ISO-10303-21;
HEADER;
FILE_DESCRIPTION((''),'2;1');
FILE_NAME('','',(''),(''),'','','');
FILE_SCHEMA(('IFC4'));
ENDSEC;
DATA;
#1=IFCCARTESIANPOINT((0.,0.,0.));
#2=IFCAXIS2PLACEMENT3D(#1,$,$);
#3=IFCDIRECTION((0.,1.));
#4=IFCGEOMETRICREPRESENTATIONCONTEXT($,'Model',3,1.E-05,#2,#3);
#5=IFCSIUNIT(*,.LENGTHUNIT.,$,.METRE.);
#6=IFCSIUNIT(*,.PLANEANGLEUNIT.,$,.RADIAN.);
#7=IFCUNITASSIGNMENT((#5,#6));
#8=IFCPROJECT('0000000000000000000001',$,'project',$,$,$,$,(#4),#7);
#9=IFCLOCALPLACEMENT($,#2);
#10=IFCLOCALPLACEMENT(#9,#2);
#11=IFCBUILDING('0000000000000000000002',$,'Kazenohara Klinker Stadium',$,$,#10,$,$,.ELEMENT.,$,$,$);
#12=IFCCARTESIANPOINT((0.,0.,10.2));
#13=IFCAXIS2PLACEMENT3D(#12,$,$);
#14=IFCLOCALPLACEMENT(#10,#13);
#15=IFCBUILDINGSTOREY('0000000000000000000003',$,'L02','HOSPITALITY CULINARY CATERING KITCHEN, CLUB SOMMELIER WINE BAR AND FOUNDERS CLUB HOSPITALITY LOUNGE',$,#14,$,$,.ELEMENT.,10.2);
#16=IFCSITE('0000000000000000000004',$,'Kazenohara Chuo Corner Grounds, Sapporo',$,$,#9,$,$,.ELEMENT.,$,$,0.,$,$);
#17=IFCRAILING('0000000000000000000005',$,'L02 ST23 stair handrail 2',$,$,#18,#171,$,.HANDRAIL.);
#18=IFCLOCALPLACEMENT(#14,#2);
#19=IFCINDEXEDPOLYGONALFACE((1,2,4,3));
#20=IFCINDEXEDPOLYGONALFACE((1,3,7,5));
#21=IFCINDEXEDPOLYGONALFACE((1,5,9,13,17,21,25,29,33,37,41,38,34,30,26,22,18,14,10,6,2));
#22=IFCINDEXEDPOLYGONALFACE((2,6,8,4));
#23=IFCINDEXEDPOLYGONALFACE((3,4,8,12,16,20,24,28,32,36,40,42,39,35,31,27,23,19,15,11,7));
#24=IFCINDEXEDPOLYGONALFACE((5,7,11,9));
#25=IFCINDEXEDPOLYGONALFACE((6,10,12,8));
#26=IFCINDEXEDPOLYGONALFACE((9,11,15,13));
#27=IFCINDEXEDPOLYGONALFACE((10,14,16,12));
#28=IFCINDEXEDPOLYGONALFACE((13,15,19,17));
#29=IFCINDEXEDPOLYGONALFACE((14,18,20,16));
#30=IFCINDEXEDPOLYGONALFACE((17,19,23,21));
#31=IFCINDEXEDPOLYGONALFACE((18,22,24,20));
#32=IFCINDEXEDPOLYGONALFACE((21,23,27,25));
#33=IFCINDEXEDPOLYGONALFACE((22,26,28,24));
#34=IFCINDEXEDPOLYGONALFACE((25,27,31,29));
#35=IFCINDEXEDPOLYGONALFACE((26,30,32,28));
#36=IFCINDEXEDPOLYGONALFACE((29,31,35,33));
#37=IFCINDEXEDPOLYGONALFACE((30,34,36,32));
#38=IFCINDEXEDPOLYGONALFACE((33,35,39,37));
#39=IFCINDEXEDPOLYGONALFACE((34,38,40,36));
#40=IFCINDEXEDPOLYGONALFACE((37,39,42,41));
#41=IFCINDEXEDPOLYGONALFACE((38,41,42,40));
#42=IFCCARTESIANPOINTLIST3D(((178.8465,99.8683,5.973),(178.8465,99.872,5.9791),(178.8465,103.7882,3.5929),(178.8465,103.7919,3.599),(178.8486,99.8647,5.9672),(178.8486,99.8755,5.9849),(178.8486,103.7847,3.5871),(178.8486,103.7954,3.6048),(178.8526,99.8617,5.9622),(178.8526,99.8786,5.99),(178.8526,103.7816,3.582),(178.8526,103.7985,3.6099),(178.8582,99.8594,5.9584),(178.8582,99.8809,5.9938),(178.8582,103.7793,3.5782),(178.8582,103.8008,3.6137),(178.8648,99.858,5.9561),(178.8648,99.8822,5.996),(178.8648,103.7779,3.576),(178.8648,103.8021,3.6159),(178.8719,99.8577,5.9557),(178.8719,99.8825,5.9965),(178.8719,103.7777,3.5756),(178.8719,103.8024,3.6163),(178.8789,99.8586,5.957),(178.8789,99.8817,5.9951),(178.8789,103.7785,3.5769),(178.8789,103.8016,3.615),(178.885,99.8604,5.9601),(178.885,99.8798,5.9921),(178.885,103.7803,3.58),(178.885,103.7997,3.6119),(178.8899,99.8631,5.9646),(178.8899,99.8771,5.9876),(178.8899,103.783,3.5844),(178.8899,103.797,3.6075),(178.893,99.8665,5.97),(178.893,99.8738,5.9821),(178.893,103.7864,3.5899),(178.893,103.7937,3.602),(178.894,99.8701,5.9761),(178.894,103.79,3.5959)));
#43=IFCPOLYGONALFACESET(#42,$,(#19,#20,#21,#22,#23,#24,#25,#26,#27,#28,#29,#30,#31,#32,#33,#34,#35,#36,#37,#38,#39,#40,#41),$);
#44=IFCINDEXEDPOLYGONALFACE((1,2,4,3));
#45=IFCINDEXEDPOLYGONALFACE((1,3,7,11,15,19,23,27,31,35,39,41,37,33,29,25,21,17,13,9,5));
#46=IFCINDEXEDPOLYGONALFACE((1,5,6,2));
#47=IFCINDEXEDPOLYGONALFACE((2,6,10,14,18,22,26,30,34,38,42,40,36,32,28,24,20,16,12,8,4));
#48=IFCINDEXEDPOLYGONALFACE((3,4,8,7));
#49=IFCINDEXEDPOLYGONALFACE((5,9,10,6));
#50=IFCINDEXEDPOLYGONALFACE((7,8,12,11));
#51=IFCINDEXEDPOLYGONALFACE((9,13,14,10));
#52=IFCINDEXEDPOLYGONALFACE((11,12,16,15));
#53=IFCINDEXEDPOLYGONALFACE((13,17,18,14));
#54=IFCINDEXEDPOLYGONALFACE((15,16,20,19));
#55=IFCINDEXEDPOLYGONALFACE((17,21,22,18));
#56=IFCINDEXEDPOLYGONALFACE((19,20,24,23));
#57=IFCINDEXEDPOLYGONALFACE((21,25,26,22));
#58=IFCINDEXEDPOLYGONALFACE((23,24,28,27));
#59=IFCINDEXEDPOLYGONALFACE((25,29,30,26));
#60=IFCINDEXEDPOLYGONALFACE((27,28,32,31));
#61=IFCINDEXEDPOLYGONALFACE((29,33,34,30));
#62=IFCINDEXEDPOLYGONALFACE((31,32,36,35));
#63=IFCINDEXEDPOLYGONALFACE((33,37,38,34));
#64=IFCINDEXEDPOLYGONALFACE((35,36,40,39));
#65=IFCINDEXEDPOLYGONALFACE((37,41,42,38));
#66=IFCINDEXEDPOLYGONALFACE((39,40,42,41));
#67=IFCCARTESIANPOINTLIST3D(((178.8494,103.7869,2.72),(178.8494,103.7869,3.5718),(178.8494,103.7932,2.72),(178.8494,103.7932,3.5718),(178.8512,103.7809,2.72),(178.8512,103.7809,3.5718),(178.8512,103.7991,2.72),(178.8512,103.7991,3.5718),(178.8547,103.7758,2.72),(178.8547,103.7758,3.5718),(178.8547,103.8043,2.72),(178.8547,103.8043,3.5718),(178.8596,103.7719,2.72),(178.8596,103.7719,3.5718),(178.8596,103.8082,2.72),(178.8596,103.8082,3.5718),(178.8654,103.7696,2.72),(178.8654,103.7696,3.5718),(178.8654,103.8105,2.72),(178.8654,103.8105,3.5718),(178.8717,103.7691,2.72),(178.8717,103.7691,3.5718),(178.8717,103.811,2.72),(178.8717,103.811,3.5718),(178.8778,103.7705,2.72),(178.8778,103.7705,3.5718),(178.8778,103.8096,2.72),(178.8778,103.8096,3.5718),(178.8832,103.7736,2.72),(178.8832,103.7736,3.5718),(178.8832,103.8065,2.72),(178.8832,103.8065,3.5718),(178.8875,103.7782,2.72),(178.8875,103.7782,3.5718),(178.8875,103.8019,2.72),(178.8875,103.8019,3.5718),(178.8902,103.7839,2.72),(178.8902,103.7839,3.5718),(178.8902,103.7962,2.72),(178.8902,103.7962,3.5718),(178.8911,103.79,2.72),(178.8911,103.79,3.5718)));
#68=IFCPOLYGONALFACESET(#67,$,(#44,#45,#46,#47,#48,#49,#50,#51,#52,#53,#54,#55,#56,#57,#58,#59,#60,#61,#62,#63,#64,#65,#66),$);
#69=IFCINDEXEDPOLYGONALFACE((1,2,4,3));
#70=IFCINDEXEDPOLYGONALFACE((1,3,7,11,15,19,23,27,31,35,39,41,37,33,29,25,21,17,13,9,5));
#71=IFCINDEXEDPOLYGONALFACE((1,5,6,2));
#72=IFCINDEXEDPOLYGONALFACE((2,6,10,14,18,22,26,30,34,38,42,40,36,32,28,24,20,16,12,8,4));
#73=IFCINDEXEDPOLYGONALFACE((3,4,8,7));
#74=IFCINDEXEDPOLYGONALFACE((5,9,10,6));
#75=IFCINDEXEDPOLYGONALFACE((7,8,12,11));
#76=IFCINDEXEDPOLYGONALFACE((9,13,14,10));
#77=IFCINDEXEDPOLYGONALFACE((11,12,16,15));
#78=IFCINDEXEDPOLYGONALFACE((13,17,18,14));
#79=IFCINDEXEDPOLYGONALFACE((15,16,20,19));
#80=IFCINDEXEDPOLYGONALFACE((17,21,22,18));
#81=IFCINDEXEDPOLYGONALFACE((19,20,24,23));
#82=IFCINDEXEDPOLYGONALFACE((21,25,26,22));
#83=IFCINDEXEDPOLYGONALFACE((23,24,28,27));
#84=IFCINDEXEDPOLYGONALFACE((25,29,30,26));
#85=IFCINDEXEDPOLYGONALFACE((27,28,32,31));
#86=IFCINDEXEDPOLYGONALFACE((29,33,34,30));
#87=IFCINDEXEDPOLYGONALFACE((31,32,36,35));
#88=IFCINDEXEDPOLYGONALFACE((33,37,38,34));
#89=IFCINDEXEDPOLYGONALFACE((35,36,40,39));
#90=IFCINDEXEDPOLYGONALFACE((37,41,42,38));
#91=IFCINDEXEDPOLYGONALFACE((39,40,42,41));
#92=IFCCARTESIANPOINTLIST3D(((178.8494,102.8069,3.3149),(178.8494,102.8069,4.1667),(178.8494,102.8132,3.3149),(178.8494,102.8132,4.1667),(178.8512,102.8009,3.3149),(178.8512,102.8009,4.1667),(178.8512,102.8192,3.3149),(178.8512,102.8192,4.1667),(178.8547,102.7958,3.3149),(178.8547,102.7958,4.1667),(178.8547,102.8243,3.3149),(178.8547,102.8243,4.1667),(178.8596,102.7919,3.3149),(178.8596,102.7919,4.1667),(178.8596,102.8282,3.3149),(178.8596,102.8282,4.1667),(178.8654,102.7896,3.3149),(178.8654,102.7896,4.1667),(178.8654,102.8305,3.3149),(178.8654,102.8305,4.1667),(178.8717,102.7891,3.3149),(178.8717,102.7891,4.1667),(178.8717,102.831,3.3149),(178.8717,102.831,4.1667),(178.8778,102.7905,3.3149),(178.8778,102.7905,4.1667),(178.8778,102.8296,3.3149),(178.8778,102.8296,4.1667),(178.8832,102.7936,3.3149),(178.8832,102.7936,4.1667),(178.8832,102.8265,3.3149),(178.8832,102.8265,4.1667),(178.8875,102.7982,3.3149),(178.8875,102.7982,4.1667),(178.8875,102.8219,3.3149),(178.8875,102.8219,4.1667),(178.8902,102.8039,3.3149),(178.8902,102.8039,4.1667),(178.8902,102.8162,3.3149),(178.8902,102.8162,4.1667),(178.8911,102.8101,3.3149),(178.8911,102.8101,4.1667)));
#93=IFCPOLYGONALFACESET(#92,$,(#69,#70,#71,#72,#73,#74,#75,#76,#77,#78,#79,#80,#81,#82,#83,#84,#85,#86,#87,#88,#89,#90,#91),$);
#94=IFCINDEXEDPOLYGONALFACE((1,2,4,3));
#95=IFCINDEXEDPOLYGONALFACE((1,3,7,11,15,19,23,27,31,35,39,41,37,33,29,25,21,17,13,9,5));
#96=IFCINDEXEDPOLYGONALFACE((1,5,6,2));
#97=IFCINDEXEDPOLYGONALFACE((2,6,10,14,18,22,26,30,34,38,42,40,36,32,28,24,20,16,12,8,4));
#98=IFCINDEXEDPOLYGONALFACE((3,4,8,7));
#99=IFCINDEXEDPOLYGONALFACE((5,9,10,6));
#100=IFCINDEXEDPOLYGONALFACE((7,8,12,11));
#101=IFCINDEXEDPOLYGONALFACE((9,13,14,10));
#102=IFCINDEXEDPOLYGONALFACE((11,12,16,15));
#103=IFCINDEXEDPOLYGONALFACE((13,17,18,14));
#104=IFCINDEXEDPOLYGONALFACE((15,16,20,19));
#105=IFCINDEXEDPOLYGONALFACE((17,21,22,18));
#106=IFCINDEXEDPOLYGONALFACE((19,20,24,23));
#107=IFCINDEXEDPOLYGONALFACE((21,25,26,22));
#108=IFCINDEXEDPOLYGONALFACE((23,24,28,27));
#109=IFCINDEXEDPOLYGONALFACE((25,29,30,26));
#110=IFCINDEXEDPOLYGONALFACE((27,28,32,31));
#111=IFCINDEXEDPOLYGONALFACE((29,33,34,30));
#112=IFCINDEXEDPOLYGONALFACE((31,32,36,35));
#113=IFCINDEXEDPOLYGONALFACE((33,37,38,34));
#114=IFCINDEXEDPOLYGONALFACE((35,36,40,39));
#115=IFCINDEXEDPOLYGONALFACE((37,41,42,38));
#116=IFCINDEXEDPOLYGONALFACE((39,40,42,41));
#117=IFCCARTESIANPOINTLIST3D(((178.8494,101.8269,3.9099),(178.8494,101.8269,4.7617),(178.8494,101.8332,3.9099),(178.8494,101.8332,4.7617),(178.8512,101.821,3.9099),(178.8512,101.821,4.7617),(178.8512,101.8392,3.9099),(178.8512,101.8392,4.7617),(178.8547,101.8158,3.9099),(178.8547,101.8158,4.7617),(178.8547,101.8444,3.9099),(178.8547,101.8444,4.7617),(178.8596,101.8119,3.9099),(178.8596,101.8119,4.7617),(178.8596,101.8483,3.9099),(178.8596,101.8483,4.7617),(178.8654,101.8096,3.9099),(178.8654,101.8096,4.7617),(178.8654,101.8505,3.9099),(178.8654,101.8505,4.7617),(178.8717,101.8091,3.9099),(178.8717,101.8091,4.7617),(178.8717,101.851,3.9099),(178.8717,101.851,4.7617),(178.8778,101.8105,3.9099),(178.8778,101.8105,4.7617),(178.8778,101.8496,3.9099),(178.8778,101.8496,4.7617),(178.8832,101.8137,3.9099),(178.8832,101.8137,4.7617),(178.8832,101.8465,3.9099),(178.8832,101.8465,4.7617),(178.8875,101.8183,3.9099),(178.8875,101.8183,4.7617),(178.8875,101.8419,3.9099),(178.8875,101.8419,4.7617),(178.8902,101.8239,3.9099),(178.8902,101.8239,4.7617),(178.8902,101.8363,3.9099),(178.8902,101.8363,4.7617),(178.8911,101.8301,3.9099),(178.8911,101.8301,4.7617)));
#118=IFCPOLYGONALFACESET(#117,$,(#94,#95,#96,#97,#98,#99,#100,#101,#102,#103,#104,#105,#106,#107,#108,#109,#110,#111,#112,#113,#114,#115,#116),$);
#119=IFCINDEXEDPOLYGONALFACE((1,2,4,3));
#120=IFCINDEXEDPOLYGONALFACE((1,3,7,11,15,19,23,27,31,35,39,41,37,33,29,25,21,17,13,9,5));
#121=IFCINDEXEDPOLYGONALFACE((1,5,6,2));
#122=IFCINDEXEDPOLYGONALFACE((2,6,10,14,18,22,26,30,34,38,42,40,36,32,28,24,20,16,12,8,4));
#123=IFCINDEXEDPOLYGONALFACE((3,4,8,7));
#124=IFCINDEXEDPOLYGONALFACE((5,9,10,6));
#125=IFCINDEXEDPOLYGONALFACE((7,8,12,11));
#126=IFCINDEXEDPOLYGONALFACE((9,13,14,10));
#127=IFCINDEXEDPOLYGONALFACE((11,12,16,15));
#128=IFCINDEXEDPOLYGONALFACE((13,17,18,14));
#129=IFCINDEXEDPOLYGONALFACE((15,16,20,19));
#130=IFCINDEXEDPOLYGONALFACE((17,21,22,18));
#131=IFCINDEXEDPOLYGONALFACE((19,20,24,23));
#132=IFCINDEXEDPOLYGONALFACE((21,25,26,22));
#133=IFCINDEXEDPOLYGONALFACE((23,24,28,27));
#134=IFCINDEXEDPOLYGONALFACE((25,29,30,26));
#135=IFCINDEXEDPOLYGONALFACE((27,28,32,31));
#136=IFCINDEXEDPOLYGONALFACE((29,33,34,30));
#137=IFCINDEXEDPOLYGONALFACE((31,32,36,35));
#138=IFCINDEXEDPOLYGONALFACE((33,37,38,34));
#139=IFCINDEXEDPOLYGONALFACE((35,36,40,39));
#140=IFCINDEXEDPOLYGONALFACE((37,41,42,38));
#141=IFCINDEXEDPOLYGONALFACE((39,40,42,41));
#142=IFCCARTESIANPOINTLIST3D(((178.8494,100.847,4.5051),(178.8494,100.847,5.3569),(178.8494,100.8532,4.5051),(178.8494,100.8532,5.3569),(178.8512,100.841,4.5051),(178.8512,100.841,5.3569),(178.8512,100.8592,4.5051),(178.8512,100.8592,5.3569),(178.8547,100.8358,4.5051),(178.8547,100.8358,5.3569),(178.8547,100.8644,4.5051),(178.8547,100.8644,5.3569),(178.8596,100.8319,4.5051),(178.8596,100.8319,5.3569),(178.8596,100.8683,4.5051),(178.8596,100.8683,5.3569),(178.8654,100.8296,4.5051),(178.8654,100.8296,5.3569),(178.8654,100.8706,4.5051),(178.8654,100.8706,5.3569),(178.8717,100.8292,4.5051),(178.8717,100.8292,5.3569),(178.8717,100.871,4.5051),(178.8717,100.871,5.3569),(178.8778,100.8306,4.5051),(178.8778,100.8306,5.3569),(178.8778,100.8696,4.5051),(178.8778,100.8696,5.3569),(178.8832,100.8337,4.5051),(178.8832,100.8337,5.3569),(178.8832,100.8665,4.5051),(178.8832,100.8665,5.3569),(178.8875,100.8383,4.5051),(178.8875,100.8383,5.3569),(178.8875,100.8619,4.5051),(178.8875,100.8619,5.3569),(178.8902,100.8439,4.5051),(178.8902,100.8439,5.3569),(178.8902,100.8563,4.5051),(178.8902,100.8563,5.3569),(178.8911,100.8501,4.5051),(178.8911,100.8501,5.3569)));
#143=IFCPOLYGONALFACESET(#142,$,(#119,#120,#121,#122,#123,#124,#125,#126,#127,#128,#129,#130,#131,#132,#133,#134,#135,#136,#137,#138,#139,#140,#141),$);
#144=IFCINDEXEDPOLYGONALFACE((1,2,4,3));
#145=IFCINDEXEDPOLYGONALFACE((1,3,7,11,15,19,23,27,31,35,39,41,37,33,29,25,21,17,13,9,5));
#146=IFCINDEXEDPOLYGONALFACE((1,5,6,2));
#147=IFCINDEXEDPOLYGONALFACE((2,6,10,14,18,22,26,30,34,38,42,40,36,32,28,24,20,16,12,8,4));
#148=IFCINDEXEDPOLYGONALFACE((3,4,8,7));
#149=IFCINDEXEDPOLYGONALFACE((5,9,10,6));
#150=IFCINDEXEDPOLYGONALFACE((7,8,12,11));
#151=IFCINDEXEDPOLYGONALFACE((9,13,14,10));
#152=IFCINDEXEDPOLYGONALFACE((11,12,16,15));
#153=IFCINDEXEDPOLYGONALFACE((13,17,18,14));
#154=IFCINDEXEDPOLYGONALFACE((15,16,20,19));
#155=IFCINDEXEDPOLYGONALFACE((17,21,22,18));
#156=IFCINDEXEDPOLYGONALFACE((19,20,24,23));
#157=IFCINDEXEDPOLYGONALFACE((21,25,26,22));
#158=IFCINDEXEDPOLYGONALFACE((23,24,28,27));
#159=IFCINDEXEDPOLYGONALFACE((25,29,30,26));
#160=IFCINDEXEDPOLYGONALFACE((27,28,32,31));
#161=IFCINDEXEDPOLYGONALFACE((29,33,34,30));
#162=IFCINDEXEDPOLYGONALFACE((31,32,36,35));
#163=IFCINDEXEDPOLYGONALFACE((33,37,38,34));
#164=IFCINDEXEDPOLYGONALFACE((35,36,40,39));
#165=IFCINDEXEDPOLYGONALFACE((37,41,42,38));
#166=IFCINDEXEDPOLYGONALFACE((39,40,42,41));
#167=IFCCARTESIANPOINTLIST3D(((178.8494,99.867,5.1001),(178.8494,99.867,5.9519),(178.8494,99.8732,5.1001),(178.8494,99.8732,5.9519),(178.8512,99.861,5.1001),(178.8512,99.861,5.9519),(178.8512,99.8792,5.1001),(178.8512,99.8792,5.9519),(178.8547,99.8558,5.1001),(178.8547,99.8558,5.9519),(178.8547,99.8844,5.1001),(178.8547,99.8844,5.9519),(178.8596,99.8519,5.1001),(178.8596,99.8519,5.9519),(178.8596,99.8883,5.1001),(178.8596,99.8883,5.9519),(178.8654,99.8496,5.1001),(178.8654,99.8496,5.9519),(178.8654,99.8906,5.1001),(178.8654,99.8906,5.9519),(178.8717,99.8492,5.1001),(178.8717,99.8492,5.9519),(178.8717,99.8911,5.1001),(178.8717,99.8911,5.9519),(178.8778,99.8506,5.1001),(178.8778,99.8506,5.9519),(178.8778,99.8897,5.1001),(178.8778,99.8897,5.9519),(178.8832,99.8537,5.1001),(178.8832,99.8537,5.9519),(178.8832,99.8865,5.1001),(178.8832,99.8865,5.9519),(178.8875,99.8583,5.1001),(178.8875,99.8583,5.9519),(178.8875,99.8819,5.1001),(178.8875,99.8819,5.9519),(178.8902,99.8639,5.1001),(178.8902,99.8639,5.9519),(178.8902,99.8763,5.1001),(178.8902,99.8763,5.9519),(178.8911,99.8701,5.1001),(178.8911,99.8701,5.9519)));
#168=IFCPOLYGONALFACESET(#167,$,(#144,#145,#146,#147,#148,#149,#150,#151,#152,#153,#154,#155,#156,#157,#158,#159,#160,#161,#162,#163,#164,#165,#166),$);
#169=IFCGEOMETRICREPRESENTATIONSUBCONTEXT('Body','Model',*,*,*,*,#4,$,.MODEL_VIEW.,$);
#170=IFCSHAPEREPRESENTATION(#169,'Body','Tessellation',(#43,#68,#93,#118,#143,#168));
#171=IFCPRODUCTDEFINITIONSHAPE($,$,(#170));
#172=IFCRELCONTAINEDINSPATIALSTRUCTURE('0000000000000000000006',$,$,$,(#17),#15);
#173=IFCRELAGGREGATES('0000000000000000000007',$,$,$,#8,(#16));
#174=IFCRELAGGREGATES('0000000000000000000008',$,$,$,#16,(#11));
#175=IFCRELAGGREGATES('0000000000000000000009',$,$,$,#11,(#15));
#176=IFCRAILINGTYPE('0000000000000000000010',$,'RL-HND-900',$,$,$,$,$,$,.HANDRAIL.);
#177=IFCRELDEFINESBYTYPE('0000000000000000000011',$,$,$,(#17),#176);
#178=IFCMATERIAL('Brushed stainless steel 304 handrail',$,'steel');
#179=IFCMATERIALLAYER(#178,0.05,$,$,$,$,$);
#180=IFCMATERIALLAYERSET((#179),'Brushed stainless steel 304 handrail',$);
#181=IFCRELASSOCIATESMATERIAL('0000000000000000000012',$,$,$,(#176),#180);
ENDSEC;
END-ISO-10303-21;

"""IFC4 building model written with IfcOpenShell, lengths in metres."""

from ifc_helpers import new_model, si_unit, direction, frame, origin, origin_2d, place, context, subcontext, project, spatial, circle, extrude, material, layer, layer_set, type_object, element, save


model = new_model("IFC4")

# Units and contexts
model_context = context("Model", 3, precision=1e-05, world=origin(), true_north=direction((0.0, 1.0)))
body_context = subcontext(model_context, "Body", "Model", "MODEL_VIEW")
ifc_project = project(units=[si_unit("LENGTHUNIT", "METRE"), si_unit("PLANEANGLEUNIT", "RADIAN")], contexts=[model_context])

# Site, building, storey
site_placement = place(None, origin())
site = spatial("IfcSite", under=ifc_project, at=site_placement, Name="Kazenohara Chuo Corner Grounds, Sapporo", CompositionType="ELEMENT", RefElevation=0.0)
building_placement = place(site_placement, origin())
building = spatial("IfcBuilding", under=site, at=building_placement, Name="Kazenohara Klinker Stadium", CompositionType="ELEMENT")
storey_placement = place(building_placement, frame((0.0, 0.0, 10.2)))
storey = spatial("IfcBuildingStorey", under=building, at=storey_placement, Name="L02", Description="HOSPITALITY CULINARY CATERING KITCHEN, CLUB SOMMELIER WINE BAR AND FOUNDERS CLUB HOSPITALITY LOUNGE", CompositionType="ELEMENT", Elevation=10.2)

# Railing
ifc_material_1 = material(Name="Brushed stainless steel 304 handrail", Category="steel")
ifc_layer_1 = layer(ifc_material_1, 0.05)
ifc_layer_set_1 = layer_set([ifc_layer_1], Name="Brushed stainless steel 304 handrail")
railing_type_1 = type_object("IfcRailingType", Name="RL-HND-900", PredefinedType="HANDRAIL", material=ifc_layer_set_1)
railing_1_placement = place(storey_placement, frame((178.8701, 103.79, 2.72)))
element("IfcRailing", 1, at=railing_1_placement, inside=storey, type_object=railing_type_1, Name="L02 ST23 stair handrail 2", PredefinedType="HANDRAIL", context=body_context, shape_type="SweptSolid", body=[
    extrude(circle(Radius=0.0239, at=origin_2d()), frame((0.0, 0.0, 0.876), z_axis=(0.0, -0.854771, 0.519006), x_axis=(1.0, 0.0, 0.0)), (0.0, 0.0, 1.0), 4.5859),
    extrude(circle(Radius=0.021, at=origin_2d()), origin(), (0.0, 0.0, 1.0), 0.8518),
    extrude(circle(Radius=0.021, at=origin_2d()), frame((0.0, -0.98, 0.595)), (0.0, 0.0, 1.0), 0.8518),
    extrude(circle(Radius=0.021, at=origin_2d()), frame((0.0, -1.96, 1.1899)), (0.0, 0.0, 1.0), 0.8518),
    extrude(circle(Radius=0.021, at=origin_2d()), frame((0.0, -2.9399, 1.7852)), (0.0, 0.0, 1.0), 0.8518),
    extrude(circle(Radius=0.021, at=origin_2d()), frame((0.0, -3.9199, 2.3801)), (0.0, 0.0, 1.0), 0.8518),
])

save(model, "model.ifc")
